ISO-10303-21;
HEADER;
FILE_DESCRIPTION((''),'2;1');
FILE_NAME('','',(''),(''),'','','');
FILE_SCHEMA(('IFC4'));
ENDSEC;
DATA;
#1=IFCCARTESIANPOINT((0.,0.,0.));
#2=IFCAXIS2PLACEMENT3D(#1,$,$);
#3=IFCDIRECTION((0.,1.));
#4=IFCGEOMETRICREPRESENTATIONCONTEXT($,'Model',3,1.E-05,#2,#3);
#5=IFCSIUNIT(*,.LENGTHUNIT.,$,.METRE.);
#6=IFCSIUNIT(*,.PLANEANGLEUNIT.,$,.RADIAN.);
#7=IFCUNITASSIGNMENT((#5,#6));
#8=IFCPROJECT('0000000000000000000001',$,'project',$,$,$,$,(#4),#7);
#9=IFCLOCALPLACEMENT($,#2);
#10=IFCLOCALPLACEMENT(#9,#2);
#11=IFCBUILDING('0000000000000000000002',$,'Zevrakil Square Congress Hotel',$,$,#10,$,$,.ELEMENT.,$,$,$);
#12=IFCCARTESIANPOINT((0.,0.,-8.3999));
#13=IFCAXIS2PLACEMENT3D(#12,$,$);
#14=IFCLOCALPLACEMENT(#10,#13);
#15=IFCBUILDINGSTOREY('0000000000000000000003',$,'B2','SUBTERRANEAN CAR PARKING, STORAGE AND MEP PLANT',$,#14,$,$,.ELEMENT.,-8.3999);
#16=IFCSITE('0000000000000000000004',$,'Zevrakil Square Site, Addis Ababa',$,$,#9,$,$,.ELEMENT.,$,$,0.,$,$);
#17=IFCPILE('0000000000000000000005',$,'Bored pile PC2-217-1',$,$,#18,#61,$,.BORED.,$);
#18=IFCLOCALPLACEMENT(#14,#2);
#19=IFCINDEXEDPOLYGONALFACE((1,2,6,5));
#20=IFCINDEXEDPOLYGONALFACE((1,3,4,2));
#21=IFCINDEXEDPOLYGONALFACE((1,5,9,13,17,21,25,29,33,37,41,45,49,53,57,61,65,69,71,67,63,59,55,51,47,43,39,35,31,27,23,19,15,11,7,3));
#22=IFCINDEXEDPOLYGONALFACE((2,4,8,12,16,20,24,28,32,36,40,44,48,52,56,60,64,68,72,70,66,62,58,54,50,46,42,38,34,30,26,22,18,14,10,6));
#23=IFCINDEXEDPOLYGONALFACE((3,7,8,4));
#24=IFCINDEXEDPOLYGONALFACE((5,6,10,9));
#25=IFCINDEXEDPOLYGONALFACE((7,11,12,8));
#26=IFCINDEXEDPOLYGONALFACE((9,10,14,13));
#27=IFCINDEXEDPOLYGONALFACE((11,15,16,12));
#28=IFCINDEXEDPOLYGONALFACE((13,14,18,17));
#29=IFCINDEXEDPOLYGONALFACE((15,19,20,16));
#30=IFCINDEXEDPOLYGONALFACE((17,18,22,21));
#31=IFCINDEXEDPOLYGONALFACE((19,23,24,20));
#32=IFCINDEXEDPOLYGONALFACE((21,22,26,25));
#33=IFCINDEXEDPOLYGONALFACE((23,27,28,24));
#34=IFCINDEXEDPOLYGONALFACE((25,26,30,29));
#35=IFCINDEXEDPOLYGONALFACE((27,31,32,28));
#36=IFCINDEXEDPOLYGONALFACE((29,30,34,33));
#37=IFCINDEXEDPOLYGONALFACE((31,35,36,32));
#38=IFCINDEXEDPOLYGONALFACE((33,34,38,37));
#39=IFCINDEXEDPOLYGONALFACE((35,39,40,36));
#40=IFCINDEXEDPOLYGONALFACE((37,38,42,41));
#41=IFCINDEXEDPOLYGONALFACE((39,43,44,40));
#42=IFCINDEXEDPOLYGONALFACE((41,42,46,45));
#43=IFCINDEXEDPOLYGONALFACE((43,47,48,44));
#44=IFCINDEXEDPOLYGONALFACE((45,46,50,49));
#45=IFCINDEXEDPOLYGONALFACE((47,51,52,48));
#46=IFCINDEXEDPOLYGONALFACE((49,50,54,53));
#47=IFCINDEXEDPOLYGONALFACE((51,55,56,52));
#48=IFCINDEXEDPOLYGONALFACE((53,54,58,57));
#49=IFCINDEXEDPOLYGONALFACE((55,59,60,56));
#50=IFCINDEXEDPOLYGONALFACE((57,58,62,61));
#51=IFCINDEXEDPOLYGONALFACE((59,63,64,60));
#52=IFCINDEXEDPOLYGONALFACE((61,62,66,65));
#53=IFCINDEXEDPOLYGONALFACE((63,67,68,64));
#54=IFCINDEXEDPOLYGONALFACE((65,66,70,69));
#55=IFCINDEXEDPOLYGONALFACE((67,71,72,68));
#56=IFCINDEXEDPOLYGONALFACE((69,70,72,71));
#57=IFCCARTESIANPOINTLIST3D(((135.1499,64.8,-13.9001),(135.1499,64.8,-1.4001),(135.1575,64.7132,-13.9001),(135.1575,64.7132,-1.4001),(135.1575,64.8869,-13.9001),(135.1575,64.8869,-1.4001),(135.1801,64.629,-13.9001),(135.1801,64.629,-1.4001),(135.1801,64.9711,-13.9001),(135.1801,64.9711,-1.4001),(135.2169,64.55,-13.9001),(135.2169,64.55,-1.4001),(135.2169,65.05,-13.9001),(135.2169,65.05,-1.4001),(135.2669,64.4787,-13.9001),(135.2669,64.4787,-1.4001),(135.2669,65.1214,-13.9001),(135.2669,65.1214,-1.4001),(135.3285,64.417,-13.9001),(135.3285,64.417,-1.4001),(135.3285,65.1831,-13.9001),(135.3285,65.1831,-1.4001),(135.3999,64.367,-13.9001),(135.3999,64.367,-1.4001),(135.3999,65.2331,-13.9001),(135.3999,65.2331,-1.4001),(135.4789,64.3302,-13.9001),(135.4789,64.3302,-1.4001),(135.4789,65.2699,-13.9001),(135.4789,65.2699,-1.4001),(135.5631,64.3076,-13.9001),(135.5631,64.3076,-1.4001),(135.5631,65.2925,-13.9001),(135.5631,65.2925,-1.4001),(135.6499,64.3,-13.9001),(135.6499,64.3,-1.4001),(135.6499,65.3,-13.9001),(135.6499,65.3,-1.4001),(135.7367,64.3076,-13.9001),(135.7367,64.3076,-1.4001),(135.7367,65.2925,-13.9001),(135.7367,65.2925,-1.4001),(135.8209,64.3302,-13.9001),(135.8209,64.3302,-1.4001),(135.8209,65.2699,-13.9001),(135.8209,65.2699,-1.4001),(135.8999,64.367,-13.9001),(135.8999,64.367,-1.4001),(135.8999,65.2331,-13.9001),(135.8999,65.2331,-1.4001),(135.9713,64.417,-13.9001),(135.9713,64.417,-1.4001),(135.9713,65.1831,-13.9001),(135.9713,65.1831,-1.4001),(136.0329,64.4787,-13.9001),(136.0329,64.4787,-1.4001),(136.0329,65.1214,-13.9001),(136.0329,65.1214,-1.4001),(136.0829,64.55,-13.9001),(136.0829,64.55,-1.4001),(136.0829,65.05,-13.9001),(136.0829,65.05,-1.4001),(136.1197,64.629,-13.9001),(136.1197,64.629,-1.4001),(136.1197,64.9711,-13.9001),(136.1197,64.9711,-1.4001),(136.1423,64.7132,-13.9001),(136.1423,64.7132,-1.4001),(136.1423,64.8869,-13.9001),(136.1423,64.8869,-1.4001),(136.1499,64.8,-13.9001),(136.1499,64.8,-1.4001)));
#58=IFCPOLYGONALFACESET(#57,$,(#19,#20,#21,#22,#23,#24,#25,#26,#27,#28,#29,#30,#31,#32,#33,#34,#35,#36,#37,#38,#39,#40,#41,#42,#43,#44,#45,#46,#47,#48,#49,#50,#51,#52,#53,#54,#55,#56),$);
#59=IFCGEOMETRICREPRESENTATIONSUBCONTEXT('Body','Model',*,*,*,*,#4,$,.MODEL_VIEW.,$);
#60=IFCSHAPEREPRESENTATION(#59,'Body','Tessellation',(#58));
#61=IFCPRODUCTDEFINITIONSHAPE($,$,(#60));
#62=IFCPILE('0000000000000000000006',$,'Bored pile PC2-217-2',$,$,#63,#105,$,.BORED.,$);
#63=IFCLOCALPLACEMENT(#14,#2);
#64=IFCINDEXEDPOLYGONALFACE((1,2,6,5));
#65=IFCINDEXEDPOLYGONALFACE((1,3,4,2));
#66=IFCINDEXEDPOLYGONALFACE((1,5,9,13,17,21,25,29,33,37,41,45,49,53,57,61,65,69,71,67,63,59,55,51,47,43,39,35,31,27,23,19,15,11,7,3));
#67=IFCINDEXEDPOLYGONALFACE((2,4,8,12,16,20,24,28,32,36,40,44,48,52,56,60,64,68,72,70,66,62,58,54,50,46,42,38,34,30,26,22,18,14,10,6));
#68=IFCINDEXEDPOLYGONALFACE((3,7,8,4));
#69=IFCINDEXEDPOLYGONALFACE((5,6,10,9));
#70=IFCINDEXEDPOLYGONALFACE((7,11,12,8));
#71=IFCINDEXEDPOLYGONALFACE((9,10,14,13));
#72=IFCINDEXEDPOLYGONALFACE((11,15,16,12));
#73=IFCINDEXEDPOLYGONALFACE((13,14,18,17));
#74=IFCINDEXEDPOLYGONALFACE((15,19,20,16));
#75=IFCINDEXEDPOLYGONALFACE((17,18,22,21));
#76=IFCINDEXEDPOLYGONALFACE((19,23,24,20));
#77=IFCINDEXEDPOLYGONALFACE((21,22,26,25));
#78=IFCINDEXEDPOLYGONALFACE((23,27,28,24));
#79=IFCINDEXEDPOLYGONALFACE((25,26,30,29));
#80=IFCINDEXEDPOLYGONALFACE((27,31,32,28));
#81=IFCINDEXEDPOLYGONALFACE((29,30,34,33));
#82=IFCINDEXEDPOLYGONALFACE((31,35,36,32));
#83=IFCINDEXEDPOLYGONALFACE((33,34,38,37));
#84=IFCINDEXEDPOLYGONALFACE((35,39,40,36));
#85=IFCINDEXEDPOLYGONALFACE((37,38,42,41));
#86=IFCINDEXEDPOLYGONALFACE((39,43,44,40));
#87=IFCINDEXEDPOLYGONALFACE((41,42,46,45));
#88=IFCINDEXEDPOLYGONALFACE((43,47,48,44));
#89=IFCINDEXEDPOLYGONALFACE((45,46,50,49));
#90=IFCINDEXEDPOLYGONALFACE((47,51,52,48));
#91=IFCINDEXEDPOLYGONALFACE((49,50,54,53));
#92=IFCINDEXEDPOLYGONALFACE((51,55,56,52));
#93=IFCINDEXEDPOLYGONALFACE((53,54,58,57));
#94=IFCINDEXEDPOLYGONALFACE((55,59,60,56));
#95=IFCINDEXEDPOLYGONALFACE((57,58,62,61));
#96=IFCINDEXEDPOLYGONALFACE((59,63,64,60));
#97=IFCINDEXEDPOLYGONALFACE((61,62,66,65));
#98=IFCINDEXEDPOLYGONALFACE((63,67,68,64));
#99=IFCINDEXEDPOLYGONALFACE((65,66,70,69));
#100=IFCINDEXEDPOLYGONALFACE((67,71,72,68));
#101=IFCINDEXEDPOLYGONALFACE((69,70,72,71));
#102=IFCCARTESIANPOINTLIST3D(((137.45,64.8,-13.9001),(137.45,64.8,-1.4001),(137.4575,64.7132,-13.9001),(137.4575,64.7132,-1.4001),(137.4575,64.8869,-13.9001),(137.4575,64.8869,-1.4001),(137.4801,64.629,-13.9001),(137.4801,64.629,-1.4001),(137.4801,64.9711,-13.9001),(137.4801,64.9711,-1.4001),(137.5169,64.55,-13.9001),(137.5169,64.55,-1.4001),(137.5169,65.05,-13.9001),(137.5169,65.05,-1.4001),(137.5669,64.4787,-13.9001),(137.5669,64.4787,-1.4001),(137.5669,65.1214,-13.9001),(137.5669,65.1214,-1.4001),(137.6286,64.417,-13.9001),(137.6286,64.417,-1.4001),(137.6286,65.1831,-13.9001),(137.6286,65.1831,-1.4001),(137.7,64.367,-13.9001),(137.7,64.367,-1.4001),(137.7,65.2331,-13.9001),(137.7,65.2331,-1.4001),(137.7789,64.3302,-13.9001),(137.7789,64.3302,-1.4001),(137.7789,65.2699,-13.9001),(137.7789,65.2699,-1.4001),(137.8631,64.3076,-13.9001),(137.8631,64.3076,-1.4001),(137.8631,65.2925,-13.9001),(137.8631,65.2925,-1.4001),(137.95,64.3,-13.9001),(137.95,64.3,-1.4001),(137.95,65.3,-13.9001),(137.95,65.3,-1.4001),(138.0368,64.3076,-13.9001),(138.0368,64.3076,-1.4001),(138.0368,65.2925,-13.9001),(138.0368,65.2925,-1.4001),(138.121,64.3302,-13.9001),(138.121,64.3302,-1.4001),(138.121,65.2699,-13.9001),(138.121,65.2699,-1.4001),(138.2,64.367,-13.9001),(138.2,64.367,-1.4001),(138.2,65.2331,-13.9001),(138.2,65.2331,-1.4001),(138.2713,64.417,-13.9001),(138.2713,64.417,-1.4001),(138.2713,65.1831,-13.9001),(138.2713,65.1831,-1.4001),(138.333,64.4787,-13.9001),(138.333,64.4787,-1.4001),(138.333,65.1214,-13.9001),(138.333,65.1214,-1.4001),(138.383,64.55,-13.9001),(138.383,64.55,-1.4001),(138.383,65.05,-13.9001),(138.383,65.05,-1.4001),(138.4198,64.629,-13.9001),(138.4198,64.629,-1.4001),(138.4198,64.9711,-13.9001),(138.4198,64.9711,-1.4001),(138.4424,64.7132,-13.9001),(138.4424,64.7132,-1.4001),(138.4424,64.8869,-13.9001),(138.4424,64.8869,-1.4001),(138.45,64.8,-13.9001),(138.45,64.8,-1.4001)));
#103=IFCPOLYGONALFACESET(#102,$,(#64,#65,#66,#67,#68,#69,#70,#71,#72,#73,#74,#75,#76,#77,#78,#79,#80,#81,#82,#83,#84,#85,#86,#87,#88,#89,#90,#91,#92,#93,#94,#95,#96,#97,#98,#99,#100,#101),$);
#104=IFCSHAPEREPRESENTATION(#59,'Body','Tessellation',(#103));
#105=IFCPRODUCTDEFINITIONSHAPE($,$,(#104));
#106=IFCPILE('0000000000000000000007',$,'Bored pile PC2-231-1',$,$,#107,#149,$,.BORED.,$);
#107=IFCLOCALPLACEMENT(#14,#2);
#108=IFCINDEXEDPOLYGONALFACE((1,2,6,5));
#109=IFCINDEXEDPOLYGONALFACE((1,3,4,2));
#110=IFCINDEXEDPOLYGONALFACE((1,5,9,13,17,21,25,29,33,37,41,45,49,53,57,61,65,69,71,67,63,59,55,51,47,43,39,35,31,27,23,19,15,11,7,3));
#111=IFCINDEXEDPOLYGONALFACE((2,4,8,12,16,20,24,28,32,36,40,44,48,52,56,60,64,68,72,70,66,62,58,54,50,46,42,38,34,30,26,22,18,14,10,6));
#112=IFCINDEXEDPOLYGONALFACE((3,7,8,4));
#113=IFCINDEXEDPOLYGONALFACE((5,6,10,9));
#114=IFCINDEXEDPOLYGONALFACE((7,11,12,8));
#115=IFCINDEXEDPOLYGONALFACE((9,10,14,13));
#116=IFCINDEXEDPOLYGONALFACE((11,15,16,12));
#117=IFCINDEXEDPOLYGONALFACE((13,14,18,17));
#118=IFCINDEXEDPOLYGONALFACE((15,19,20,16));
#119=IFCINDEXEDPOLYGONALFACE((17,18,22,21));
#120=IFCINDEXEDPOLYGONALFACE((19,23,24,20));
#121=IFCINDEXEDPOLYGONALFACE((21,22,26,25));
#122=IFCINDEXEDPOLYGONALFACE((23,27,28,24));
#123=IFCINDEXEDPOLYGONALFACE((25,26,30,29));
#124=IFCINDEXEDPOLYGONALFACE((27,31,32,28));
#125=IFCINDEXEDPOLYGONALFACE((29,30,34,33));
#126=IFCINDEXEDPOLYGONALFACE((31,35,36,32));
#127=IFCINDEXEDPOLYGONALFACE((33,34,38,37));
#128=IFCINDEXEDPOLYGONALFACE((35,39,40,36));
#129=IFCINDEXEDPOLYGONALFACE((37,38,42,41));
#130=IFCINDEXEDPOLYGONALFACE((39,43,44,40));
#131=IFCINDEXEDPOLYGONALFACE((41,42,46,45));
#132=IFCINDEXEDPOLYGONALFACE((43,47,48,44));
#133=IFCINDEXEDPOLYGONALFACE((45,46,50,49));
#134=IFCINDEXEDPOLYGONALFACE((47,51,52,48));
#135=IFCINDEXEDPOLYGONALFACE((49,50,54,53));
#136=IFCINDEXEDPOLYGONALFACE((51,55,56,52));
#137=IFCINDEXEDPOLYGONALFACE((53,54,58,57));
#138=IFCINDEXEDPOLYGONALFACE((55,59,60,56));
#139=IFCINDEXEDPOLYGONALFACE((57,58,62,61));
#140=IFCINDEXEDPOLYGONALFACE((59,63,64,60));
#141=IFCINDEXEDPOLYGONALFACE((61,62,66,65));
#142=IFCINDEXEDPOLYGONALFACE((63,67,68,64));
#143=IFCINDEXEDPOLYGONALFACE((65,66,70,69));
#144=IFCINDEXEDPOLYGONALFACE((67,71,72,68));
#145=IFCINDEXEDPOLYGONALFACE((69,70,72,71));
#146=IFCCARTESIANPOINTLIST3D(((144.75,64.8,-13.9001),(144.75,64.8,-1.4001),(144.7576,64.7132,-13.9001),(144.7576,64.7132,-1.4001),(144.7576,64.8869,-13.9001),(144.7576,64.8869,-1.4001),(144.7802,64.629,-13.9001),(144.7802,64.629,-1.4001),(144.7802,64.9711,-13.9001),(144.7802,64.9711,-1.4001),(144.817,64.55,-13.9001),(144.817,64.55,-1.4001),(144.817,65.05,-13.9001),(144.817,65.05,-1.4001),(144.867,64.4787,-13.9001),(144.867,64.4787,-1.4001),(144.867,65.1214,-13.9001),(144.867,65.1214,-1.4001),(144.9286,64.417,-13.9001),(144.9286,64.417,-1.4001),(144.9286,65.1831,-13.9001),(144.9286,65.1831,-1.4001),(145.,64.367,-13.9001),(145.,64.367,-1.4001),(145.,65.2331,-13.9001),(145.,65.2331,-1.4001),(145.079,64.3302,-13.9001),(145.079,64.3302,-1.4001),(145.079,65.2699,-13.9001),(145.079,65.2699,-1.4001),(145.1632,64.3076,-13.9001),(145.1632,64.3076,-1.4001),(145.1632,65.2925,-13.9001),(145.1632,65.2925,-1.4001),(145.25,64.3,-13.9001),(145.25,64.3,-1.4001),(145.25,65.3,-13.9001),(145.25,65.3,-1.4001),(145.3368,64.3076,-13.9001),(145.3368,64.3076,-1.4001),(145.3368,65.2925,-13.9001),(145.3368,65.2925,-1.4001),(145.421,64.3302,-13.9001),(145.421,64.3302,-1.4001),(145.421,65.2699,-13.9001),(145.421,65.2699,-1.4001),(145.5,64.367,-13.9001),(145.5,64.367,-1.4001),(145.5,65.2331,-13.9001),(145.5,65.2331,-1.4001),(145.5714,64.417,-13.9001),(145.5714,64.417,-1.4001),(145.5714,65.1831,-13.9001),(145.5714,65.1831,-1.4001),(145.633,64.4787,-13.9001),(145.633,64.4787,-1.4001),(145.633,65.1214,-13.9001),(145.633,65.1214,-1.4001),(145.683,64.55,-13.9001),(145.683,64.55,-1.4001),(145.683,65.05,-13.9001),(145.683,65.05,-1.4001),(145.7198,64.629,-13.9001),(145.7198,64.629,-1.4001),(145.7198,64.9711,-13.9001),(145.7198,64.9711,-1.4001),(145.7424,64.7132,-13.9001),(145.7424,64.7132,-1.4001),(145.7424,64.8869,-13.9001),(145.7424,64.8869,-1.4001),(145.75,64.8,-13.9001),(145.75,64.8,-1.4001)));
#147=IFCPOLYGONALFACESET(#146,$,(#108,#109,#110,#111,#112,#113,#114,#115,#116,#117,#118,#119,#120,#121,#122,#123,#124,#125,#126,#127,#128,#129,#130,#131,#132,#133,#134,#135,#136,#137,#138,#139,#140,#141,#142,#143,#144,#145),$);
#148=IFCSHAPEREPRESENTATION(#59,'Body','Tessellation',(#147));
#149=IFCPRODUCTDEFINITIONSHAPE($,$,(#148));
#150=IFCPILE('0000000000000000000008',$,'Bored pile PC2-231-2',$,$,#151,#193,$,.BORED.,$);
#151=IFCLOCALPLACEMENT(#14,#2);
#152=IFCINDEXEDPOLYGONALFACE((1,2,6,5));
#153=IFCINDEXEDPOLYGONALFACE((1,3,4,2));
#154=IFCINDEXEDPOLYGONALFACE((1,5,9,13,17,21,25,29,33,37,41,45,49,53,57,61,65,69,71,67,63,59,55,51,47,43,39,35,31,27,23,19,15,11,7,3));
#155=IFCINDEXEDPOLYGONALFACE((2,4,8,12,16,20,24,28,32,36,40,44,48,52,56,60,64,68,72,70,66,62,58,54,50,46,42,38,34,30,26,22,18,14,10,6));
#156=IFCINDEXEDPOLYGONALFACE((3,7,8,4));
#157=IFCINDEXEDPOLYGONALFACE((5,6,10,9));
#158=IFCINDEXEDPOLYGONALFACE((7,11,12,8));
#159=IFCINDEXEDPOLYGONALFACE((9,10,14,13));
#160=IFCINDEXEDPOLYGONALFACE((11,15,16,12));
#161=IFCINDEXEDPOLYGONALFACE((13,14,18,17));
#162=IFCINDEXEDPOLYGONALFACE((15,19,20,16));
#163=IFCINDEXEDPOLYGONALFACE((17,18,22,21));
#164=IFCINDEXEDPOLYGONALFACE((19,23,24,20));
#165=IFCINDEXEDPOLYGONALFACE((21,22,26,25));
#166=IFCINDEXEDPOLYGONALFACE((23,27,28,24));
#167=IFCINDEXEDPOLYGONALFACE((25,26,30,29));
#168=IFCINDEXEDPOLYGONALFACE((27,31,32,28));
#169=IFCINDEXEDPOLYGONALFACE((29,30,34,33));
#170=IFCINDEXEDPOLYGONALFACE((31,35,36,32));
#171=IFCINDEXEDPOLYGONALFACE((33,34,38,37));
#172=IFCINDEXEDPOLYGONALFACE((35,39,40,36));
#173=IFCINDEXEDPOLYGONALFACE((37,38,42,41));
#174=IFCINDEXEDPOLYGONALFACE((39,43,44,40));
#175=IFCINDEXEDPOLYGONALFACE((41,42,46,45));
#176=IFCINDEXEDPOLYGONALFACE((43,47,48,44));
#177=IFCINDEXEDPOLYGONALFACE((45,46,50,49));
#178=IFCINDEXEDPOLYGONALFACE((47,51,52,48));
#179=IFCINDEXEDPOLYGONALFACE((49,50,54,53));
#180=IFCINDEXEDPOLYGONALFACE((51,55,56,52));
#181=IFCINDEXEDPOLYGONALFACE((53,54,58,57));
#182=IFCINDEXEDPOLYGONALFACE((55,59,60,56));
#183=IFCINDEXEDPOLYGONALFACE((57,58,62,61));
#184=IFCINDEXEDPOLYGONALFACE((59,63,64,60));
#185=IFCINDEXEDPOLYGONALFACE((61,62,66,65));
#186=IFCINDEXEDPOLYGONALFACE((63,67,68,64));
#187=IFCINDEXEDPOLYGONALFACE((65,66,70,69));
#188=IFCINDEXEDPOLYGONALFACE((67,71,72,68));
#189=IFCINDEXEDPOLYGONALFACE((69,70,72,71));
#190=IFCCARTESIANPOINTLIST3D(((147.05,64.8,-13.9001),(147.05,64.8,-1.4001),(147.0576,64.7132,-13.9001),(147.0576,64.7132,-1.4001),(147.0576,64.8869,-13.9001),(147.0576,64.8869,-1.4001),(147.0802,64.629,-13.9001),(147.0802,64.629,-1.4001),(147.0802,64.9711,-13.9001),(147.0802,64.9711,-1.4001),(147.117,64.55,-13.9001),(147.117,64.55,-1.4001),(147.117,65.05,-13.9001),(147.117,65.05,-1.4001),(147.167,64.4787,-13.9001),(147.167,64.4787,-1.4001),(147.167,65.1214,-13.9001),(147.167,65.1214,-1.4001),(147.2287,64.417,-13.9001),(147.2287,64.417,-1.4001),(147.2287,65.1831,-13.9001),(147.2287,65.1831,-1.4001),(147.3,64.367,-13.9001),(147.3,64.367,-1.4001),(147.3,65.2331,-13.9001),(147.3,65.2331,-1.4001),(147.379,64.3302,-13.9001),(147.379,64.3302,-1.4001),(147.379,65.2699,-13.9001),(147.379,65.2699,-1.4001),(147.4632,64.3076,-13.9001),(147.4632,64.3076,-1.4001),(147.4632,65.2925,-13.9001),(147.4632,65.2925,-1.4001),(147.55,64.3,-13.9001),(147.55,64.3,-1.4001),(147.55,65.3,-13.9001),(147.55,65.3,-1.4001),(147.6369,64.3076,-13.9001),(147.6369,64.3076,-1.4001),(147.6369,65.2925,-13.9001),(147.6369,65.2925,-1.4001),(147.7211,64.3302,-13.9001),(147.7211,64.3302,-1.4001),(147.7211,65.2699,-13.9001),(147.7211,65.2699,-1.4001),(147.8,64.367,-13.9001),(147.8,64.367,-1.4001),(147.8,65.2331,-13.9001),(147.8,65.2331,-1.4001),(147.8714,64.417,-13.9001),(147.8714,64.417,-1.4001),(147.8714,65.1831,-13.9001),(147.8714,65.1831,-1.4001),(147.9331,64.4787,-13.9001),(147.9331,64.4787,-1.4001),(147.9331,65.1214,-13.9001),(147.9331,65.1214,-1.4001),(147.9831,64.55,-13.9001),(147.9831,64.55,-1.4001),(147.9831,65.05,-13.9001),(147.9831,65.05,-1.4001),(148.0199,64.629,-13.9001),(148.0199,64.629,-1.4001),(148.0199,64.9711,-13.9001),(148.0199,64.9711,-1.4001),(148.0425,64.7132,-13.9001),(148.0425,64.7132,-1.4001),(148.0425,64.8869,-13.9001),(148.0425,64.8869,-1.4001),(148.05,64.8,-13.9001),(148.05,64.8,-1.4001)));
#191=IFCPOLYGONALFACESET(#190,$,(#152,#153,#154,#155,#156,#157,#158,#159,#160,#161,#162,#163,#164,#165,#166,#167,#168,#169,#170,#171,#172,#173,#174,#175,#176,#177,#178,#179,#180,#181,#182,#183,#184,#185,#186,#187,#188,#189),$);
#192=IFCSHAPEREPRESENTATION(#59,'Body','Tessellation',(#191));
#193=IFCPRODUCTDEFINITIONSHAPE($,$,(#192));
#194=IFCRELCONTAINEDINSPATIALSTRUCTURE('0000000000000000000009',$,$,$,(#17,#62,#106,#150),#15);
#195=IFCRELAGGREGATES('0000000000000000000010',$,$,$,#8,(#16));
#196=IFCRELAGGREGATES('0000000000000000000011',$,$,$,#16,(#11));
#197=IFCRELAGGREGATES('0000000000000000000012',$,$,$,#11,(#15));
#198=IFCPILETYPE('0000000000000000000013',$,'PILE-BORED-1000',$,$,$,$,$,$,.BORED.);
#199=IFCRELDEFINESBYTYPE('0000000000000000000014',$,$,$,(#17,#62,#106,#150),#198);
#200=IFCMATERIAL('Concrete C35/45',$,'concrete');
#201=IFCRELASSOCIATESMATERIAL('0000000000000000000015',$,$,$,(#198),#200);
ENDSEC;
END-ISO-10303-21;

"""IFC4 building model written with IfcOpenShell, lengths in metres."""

from ifc_helpers import new_model, si_unit, direction, frame, origin, origin_2d, place, context, subcontext, project, spatial, circle, extrude, material, material_profile, profile_set, type_object, element, save


model = new_model("IFC4")

# Units and contexts
model_context = context("Model", 3, precision=1e-05, world=origin(), true_north=direction((0.0, 1.0)))
body_context = subcontext(model_context, "Body", "Model", "MODEL_VIEW")
ifc_project = project(units=[si_unit("LENGTHUNIT", "METRE"), si_unit("PLANEANGLEUNIT", "RADIAN")], contexts=[model_context])

# Site, building, storey
site_placement = place(None, origin())
site = spatial("IfcSite", under=ifc_project, at=site_placement, Name="Zevrakil Square Site, Addis Ababa", CompositionType="ELEMENT", RefElevation=0.0)
building_placement = place(site_placement, origin())
building = spatial("IfcBuilding", under=site, at=building_placement, Name="Zevrakil Square Congress Hotel", CompositionType="ELEMENT")
storey_placement = place(building_placement, frame((0.0, 0.0, -8.3999)))
storey = spatial("IfcBuildingStorey", under=building, at=storey_placement, Name="B2", Description="SUBTERRANEAN CAR PARKING, STORAGE AND MEP PLANT", CompositionType="ELEMENT", Elevation=-8.3999)

# Piles
ifc_material_1 = material(Name="Concrete C35/45", Category="concrete")
ifc_material_profile_1 = material_profile(ifc_material_1, circle(Radius=0.5, at=origin_2d()), Name="PILE D1000")
ifc_profile_set_1 = profile_set([ifc_material_profile_1], Name="Concrete C35/45")
pile_type_1 = type_object("IfcPileType", Name="PILE-BORED-1000", PredefinedType="BORED", material=ifc_profile_set_1)
for number, where, z_axis, x_axis, name in (
    (1, (135.6499, 64.8, -1.4001), (0.0, 0.0, -1.0), (1.0, 0.0, 0.0), "Bored pile PC2-217-1"),
    (2, (137.95, 64.8, -1.4001), (0.0, 0.0, -1.0), (1.0, 0.0, 0.0), "Bored pile PC2-217-2"),
    (3, (145.25, 64.8, -1.4001), (0.0, 0.0, -1.0), (1.0, 0.0, 0.0), "Bored pile PC2-231-1"),
    (4, (147.55, 64.8, -1.4001), (0.0, 0.0, -1.0), (1.0, 0.0, 0.0), "Bored pile PC2-231-2"),
):
    element("IfcPile", number, at=place(storey_placement, frame(where, z_axis=z_axis, x_axis=x_axis)), inside=storey, type_object=pile_type_1, Name=name, PredefinedType="BORED", context=body_context, shape_type="SweptSolid", body=[
        extrude(circle(Radius=0.5, at=origin_2d()), origin(), (0.0, 0.0, 1.0), 12.5),
    ])

save(model, "model.ifc")
